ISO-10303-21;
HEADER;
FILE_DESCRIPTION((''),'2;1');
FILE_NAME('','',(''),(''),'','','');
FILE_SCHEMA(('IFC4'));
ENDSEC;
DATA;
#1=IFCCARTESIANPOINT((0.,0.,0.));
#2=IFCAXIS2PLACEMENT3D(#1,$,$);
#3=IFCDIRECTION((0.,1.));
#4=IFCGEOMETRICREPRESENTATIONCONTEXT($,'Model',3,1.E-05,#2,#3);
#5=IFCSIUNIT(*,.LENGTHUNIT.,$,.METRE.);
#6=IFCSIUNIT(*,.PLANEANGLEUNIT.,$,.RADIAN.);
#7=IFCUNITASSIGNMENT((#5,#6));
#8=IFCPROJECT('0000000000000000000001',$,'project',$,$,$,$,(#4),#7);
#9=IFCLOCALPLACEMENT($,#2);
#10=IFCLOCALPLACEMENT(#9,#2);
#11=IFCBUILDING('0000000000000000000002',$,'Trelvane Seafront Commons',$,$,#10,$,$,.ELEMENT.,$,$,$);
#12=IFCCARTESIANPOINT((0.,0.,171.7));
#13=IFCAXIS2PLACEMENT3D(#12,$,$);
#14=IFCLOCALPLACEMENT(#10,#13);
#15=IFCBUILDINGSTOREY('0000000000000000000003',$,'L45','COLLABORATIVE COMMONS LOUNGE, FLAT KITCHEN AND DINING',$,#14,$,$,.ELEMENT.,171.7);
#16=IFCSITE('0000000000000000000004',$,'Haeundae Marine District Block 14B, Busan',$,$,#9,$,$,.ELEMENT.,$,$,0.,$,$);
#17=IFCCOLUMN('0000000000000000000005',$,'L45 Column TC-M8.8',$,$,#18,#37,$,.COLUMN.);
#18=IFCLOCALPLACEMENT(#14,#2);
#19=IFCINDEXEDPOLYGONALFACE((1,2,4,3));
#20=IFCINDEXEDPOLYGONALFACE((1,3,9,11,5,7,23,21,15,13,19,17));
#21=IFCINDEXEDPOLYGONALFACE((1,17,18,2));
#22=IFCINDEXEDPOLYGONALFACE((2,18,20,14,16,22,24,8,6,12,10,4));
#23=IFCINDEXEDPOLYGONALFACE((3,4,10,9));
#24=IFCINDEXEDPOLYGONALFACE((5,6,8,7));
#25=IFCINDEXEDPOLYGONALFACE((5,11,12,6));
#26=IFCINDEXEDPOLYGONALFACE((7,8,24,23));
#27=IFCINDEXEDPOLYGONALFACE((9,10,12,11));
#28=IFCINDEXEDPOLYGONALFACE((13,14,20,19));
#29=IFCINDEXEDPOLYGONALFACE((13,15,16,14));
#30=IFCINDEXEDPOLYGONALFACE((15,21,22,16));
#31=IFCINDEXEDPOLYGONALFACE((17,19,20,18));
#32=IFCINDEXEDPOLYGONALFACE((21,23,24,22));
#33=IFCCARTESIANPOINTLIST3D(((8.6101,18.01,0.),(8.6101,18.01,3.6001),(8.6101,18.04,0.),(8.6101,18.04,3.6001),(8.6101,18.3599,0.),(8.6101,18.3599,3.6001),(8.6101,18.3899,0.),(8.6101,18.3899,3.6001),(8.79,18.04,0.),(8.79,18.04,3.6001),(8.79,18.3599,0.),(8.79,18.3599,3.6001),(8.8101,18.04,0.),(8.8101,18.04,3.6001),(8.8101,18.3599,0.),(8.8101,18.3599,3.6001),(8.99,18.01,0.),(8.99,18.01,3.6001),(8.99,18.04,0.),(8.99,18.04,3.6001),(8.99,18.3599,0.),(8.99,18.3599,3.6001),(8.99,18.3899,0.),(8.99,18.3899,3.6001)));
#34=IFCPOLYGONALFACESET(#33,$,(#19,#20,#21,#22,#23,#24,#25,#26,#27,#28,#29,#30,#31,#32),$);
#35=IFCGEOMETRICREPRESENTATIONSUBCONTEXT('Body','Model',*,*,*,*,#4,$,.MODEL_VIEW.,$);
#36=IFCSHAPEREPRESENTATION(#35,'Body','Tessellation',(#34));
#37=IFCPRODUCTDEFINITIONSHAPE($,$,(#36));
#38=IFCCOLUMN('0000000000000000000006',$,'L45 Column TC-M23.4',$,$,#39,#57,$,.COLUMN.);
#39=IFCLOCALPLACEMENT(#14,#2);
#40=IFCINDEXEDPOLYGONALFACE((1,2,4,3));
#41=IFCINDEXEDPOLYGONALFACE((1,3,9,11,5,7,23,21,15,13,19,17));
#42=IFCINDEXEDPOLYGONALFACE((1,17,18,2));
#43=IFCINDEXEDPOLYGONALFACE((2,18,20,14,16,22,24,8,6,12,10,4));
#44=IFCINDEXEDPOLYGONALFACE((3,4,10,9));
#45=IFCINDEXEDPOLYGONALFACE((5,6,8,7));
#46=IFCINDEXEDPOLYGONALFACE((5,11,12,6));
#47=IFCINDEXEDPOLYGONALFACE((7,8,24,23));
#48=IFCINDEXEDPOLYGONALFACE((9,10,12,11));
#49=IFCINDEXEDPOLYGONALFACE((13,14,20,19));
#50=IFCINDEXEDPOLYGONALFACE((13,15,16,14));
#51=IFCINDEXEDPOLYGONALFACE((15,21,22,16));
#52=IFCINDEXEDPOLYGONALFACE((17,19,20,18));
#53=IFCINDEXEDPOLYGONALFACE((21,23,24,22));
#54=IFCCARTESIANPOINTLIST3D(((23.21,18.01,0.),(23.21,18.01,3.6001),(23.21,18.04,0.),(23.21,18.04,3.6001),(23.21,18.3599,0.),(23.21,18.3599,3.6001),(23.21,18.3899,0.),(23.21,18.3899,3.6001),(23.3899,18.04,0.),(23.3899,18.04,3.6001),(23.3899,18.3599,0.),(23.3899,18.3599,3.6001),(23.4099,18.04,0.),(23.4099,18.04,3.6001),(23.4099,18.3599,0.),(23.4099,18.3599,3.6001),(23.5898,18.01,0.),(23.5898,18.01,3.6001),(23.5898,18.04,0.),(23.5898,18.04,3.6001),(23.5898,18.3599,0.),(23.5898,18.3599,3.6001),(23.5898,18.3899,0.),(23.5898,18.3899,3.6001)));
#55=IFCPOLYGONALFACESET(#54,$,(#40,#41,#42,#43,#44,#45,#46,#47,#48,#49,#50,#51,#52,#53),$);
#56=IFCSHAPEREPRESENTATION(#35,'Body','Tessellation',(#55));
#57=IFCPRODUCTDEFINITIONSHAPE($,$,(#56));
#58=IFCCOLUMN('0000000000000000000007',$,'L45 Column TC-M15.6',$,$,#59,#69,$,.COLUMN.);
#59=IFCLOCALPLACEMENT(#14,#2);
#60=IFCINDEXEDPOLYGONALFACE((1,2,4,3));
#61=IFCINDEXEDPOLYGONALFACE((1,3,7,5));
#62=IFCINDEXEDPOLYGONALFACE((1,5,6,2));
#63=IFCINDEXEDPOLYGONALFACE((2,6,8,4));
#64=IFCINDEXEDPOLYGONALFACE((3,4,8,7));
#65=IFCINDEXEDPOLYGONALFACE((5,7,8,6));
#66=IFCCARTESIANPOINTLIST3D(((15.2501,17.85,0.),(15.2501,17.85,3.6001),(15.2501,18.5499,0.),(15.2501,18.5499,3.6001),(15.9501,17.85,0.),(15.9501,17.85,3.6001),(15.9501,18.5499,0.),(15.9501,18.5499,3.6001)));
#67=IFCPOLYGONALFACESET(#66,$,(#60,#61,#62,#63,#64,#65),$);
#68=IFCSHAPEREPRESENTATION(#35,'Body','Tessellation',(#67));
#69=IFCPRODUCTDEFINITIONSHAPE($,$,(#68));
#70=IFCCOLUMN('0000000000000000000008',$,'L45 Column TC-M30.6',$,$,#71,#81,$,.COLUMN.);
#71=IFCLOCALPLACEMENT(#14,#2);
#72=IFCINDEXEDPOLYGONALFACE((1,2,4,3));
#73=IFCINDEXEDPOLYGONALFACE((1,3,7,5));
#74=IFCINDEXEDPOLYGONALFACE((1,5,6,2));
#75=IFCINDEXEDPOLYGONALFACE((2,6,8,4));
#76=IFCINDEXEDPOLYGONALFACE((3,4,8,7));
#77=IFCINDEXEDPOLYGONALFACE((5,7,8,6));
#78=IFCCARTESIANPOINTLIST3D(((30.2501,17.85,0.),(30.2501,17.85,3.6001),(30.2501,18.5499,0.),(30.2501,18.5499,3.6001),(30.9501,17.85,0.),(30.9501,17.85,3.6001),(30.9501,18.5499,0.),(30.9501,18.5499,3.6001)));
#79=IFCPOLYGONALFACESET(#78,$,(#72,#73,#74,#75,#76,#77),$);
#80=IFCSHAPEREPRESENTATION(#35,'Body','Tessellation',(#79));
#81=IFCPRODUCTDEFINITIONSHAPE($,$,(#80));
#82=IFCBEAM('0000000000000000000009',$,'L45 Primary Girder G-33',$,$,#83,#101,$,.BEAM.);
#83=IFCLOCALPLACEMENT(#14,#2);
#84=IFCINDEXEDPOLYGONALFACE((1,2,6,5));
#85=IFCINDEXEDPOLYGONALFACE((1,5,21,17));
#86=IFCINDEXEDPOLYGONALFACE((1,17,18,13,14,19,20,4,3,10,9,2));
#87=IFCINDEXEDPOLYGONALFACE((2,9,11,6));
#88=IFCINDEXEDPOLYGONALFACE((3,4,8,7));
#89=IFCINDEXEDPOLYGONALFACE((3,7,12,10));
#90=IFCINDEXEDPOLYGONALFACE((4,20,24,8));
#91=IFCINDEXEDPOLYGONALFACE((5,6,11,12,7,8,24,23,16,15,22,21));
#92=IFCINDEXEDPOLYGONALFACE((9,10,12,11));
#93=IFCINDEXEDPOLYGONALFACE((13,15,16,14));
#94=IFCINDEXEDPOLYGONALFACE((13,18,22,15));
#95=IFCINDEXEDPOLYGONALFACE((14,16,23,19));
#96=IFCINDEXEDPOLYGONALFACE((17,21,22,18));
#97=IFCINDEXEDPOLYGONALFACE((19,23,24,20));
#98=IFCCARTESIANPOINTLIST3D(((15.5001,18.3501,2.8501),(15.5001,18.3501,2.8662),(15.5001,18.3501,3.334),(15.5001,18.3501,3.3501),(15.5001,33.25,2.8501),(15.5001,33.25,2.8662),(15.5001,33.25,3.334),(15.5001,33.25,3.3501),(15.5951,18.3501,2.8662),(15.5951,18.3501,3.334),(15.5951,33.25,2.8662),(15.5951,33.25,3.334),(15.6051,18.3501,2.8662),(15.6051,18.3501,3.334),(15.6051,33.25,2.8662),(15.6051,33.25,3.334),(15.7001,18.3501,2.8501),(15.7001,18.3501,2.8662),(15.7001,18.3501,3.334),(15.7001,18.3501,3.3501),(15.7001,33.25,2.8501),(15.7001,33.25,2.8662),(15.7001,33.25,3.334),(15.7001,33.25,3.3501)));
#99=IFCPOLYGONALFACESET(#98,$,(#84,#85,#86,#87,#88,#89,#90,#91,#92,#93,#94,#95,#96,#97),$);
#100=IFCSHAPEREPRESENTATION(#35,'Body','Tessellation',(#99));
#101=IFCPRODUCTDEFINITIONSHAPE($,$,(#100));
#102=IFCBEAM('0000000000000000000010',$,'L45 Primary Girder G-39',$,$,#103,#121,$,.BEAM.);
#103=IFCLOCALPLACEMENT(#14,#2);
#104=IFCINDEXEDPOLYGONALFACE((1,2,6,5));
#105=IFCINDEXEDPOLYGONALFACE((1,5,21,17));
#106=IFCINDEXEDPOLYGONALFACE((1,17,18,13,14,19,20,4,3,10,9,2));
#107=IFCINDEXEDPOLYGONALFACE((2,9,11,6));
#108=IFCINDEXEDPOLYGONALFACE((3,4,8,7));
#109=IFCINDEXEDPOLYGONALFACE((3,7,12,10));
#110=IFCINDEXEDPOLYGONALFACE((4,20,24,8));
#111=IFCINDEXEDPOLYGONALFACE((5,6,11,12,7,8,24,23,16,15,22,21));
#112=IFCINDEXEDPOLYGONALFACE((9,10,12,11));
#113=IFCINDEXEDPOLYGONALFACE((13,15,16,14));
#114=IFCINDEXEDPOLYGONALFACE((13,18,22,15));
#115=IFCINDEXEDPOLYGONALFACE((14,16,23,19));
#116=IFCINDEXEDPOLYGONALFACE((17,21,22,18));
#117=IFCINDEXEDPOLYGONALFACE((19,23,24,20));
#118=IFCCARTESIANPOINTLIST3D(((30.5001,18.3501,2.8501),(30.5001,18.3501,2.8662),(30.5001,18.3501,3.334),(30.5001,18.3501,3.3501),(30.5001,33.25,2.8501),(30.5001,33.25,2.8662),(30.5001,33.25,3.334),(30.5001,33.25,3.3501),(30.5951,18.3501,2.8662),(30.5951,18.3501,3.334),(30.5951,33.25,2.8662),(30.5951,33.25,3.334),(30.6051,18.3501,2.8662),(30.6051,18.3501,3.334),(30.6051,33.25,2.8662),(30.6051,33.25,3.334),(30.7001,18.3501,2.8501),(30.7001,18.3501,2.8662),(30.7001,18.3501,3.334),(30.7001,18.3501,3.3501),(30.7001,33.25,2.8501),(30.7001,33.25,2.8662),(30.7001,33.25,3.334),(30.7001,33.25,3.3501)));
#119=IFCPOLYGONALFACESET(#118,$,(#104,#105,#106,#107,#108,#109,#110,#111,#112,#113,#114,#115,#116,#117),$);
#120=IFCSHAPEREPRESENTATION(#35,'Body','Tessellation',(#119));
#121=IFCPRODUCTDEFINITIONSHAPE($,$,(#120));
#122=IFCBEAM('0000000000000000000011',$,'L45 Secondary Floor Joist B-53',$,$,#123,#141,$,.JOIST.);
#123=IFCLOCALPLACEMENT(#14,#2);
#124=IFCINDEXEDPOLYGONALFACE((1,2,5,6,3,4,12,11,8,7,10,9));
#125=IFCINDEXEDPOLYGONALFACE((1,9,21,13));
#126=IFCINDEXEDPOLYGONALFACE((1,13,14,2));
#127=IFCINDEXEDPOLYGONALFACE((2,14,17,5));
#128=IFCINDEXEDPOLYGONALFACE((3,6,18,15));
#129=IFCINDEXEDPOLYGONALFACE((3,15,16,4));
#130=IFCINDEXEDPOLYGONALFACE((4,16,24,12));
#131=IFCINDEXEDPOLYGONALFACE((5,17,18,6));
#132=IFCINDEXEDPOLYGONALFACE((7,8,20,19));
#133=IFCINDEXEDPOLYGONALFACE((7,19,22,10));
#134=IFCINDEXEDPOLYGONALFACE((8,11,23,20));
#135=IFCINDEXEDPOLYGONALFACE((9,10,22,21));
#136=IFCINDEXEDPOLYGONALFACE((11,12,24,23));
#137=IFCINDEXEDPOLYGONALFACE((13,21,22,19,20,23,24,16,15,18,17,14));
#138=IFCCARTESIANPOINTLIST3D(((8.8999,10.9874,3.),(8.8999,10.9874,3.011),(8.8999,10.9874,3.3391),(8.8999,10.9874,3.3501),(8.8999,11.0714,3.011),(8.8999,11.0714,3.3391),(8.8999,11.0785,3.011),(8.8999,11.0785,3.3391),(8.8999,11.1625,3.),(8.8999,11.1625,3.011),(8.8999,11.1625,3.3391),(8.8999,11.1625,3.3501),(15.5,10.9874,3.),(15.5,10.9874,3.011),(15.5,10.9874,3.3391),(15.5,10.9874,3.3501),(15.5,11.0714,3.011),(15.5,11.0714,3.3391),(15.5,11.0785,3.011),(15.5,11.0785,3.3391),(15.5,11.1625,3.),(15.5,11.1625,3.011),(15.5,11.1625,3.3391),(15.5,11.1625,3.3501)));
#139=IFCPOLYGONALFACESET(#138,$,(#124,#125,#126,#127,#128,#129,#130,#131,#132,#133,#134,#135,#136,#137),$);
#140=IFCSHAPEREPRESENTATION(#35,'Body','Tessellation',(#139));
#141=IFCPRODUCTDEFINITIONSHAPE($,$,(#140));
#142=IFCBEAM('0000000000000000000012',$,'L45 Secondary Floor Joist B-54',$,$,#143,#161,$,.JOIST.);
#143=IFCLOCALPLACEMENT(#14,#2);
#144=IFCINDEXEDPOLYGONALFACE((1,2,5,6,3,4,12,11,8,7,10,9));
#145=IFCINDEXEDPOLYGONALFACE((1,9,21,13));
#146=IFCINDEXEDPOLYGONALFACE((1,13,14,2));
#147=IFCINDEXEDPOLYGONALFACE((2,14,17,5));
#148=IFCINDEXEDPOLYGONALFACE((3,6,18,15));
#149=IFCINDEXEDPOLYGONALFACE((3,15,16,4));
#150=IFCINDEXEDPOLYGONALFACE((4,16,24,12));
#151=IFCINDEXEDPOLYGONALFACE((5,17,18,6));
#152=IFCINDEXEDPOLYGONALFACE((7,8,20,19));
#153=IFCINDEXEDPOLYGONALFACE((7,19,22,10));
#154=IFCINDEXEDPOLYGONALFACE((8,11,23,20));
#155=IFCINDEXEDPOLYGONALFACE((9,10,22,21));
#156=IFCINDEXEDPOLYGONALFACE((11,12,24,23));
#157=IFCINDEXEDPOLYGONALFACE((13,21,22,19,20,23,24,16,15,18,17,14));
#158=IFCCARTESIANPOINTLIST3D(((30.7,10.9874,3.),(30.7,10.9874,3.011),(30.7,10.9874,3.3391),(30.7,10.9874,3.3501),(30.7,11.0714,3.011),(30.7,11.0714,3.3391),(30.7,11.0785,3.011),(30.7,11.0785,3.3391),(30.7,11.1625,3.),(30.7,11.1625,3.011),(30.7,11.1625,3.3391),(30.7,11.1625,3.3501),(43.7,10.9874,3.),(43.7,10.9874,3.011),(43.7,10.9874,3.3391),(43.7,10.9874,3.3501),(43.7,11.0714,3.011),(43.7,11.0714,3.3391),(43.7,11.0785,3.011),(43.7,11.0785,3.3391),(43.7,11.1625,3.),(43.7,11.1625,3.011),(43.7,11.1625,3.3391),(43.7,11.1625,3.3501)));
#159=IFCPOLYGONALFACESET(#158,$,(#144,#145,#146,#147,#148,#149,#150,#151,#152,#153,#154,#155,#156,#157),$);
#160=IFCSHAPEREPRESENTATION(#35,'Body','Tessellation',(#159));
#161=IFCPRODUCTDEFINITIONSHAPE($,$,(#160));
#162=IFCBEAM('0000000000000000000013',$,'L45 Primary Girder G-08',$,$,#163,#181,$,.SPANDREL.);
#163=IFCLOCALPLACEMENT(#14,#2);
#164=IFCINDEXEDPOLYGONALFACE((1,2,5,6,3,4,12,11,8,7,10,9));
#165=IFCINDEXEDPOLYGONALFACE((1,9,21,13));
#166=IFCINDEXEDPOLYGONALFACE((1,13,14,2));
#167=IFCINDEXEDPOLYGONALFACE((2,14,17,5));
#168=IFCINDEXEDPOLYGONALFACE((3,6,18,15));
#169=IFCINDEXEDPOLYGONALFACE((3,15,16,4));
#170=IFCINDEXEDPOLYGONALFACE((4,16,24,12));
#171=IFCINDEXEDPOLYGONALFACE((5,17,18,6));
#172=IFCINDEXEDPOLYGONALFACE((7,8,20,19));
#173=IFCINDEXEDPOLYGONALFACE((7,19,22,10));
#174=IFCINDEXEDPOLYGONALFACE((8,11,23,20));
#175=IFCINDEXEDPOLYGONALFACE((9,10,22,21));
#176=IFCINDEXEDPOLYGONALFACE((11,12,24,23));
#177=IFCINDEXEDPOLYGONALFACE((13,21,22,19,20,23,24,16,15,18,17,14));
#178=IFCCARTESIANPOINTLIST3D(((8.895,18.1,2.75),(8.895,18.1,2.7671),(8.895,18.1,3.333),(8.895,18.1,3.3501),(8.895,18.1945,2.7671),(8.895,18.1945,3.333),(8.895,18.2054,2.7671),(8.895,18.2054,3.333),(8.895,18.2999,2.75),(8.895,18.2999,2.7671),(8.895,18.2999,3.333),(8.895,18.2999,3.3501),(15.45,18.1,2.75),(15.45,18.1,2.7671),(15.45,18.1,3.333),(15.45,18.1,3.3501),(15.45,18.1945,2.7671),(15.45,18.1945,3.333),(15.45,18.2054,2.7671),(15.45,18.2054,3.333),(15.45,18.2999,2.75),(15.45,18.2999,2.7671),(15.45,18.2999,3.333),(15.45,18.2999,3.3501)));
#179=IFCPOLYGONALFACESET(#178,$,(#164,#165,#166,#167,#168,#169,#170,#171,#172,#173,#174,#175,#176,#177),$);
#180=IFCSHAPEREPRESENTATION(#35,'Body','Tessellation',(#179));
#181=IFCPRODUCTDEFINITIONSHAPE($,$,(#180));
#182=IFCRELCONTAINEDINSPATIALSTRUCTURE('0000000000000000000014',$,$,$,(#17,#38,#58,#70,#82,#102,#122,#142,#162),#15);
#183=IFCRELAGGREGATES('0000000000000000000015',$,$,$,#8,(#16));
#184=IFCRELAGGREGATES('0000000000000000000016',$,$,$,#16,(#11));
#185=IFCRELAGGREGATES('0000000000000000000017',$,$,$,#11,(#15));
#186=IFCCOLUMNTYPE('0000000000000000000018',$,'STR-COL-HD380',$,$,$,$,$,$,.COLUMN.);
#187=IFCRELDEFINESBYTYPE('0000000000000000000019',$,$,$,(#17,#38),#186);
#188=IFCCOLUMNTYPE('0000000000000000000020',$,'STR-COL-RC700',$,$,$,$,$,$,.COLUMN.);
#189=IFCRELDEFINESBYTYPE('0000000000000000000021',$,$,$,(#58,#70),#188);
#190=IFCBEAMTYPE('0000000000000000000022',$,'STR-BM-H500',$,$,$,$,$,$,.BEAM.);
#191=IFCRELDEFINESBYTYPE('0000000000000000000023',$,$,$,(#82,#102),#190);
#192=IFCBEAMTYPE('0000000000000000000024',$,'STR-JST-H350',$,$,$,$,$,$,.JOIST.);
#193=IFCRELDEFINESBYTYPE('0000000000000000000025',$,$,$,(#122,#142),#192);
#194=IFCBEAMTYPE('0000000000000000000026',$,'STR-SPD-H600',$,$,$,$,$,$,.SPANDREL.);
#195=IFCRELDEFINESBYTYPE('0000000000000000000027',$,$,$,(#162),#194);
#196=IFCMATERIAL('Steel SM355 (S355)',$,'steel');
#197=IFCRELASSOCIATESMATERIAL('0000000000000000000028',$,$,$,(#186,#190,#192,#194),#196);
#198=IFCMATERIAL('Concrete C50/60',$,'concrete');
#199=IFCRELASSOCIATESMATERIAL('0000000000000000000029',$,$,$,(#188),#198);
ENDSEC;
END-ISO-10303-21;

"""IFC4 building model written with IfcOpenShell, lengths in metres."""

from ifc_helpers import new_model, si_unit, direction, frame, origin, origin_2d, place, context, subcontext, project, spatial, rectangle, i_section, extrude, source, transform, mapped, material, material_profile, profile_set, type_object, element, save


model = new_model("IFC4")

# Units and contexts
model_context = context("Model", 3, precision=1e-05, world=origin(), true_north=direction((0.0, 1.0)))
body_context = subcontext(model_context, "Body", "Model", "MODEL_VIEW")
ifc_project = project(units=[si_unit("LENGTHUNIT", "METRE"), si_unit("PLANEANGLEUNIT", "RADIAN")], contexts=[model_context])

# Site, building, storey
site_placement = place(None, origin())
site = spatial("IfcSite", under=ifc_project, at=site_placement, Name="Haeundae Marine District Block 14B, Busan", CompositionType="ELEMENT", RefElevation=0.0)
building_placement = place(site_placement, origin())
building = spatial("IfcBuilding", under=site, at=building_placement, Name="Trelvane Seafront Commons", CompositionType="ELEMENT")
storey_placement = place(building_placement, frame((0.0, 0.0, 171.7)))
storey = spatial("IfcBuildingStorey", under=building, at=storey_placement, Name="L45", Description="COLLABORATIVE COMMONS LOUNGE, FLAT KITCHEN AND DINING", CompositionType="ELEMENT", Elevation=171.7)

# Columns
ifc_material_1 = material(Name="Steel SM355 (S355)", Category="steel")
ifc_material_profile_1 = material_profile(ifc_material_1, i_section(OverallWidth=0.3799, OverallDepth=0.3799, WebThickness=0.02, FlangeThickness=0.03, at=origin_2d()), Name="HD-380x380x20x30")
ifc_profile_set_1 = profile_set([ifc_material_profile_1], Name="Steel SM355 (S355)")
column_type_1 = type_object("IfcColumnType", Name="STR-COL-HD380", PredefinedType="COLUMN", material=ifc_profile_set_1)
shared_shape_1 = source(origin(), body_context, "Body", "SweptSolid", [
    extrude(i_section(OverallWidth=0.3799, OverallDepth=0.3799, WebThickness=0.02, FlangeThickness=0.03, at=origin_2d()), origin(), (0.0, 0.0, 1.0), 3.6001),
])
for number, where, z_axis, x_axis, name in (
    (1, (8.8, 18.2, 0.0), (0.0, 0.0, 1.0), (1.0, 0.0, 0.0), "L45 Column TC-M8.8"),
    (2, (23.3999, 18.2, 0.0), (0.0, 0.0, 1.0), (1.0, 0.0, 0.0), "L45 Column TC-M23.4"),
):
    element("IfcColumn", number, at=place(storey_placement, frame(where, z_axis=z_axis, x_axis=x_axis)), inside=storey, type_object=column_type_1, Name=name, PredefinedType="COLUMN", context=body_context, shape_type="MappedRepresentation", body=[
        mapped(shared_shape_1, transform((0.0, 0.0, 0.0), x_axis=(1.0, 0.0, 0.0), y_axis=(0.0, 1.0, 0.0), z_axis=(0.0, 0.0, 1.0), scale=1.0)),
    ])
ifc_material_2 = material(Name="Concrete C50/60", Category="concrete")
ifc_material_profile_2 = material_profile(ifc_material_2, rectangle(XDim=0.7, YDim=0.7, at=origin_2d()), Name="RC-700x700")
ifc_profile_set_2 = profile_set([ifc_material_profile_2], Name="Concrete C50/60")
column_type_2 = type_object("IfcColumnType", Name="STR-COL-RC700", PredefinedType="COLUMN", material=ifc_profile_set_2)
shared_shape_2 = source(origin(), body_context, "Body", "SweptSolid", [
    extrude(rectangle(XDim=0.7, YDim=0.7, at=origin_2d()), origin(), (0.0, 0.0, 1.0), 3.6001),
])
for number, where, z_axis, x_axis, name in (
    (3, (15.6001, 18.2, 0.0), (0.0, 0.0, 1.0), (1.0, 0.0, 0.0), "L45 Column TC-M15.6"),
    (4, (30.6001, 18.2, 0.0), (0.0, 0.0, 1.0), (1.0, 0.0, 0.0), "L45 Column TC-M30.6"),
):
    element("IfcColumn", number, at=place(storey_placement, frame(where, z_axis=z_axis, x_axis=x_axis)), inside=storey, type_object=column_type_2, Name=name, PredefinedType="COLUMN", context=body_context, shape_type="MappedRepresentation", body=[
        mapped(shared_shape_2, transform((0.0, 0.0, 0.0), x_axis=(1.0, 0.0, 0.0), y_axis=(0.0, 1.0, 0.0), z_axis=(0.0, 0.0, 1.0), scale=1.0)),
    ])

# Beams
ifc_material_profile_3 = material_profile(ifc_material_1, i_section(OverallWidth=0.2, OverallDepth=0.5, WebThickness=0.01, FlangeThickness=0.0161, at=origin_2d()), Name="H-500x200x10x16")
ifc_profile_set_3 = profile_set([ifc_material_profile_3], Name="Steel SM355 (S355)")
beam_type_1 = type_object("IfcBeamType", Name="STR-BM-H500", PredefinedType="BEAM", material=ifc_profile_set_3)
shared_shape_3 = source(origin(), body_context, "Body", "SweptSolid", [
    extrude(i_section(OverallWidth=0.2, OverallDepth=0.5, WebThickness=0.01, FlangeThickness=0.0161, at=origin_2d()), origin(), (0.0, 0.0, 1.0), 14.8999),
])
for number, where, z_axis, x_axis, name in (
    (5, (15.6001, 18.3501, 3.1001), (0.0, 1.0, 0.0), (-1.0, 0.0, 0.0), "L45 Primary Girder G-33"),
    (6, (30.6001, 18.3501, 3.1001), (0.0, 1.0, 0.0), (-1.0, 0.0, 0.0), "L45 Primary Girder G-39"),
):
    element("IfcBeam", number, at=place(storey_placement, frame(where, z_axis=z_axis, x_axis=x_axis)), inside=storey, type_object=beam_type_1, Name=name, PredefinedType="BEAM", context=body_context, shape_type="MappedRepresentation", body=[
        mapped(shared_shape_3, transform((0.0, 0.0, 0.0), x_axis=(1.0, 0.0, 0.0), y_axis=(0.0, 1.0, 0.0), z_axis=(0.0, 0.0, 1.0), scale=1.0)),
    ])
ifc_material_profile_4 = material_profile(ifc_material_1, i_section(OverallWidth=0.175, OverallDepth=0.3501, WebThickness=0.0071, FlangeThickness=0.011, at=origin_2d()), Name="H-350x175x7x11")
ifc_profile_set_4 = profile_set([ifc_material_profile_4], Name="Steel SM355 (S355)")
beam_type_2 = type_object("IfcBeamType", Name="STR-JST-H350", PredefinedType="JOIST", material=ifc_profile_set_4)
shared_shape_4 = source(origin(), body_context, "Body", "SweptSolid", [
    extrude(i_section(OverallWidth=0.175, OverallDepth=0.3501, WebThickness=0.0071, FlangeThickness=0.011, at=origin_2d()), origin(), (0.0, 0.0, 1.0), 6.6001),
])
beam_1_placement = place(storey_placement, frame((8.8999, 11.075, 3.175), z_axis=(1.0, 0.0, 0.0), x_axis=(0.0, 1.0, 0.0)))
element("IfcBeam", 7, at=beam_1_placement, inside=storey, type_object=beam_type_2, Name="L45 Secondary Floor Joist B-53", PredefinedType="JOIST", context=body_context, shape_type="MappedRepresentation", body=[
    mapped(shared_shape_4, transform((0.0, 0.0, 0.0), x_axis=(1.0, 0.0, 0.0), y_axis=(0.0, 1.0, 0.0), z_axis=(0.0, 0.0, 1.0), scale=1.0)),
])
shared_shape_5 = source(origin(), body_context, "Body", "SweptSolid", [
    extrude(i_section(OverallWidth=0.175, OverallDepth=0.3501, WebThickness=0.0071, FlangeThickness=0.011, at=origin_2d()), origin(), (0.0, 0.0, 1.0), 13.0),
])
beam_2_placement = place(storey_placement, frame((30.7, 11.075, 3.175), z_axis=(1.0, 0.0, 0.0), x_axis=(0.0, 1.0, 0.0)))
element("IfcBeam", 8, at=beam_2_placement, inside=storey, type_object=beam_type_2, Name="L45 Secondary Floor Joist B-54", PredefinedType="JOIST", context=body_context, shape_type="MappedRepresentation", body=[
    mapped(shared_shape_5, transform((0.0, 0.0, 0.0), x_axis=(1.0, 0.0, 0.0), y_axis=(0.0, 1.0, 0.0), z_axis=(0.0, 0.0, 1.0), scale=1.0)),
])
ifc_material_profile_5 = material_profile(ifc_material_1, i_section(OverallWidth=0.2, OverallDepth=0.6001, WebThickness=0.011, FlangeThickness=0.0171, at=origin_2d()), Name="H-600x200x11x17")
ifc_profile_set_5 = profile_set([ifc_material_profile_5], Name="Steel SM355 (S355)")
beam_type_3 = type_object("IfcBeamType", Name="STR-SPD-H600", PredefinedType="SPANDREL", material=ifc_profile_set_5)
shared_shape_6 = source(origin(), body_context, "Body", "SweptSolid", [
    extrude(i_section(OverallWidth=0.2, OverallDepth=0.6001, WebThickness=0.011, FlangeThickness=0.0171, at=origin_2d()), origin(), (0.0, 0.0, 1.0), 6.5549),
])
beam_3_placement = place(storey_placement, frame((8.895, 18.2, 3.05), z_axis=(1.0, 0.0, 0.0), x_axis=(0.0, 1.0, 0.0)))
element("IfcBeam", 9, at=beam_3_placement, inside=storey, type_object=beam_type_3, Name="L45 Primary Girder G-08", PredefinedType="SPANDREL", context=body_context, shape_type="MappedRepresentation", body=[
    mapped(shared_shape_6, transform((0.0, 0.0, 0.0), x_axis=(1.0, 0.0, 0.0), y_axis=(0.0, 1.0, 0.0), z_axis=(0.0, 0.0, 1.0), scale=1.0)),
])

save(model, "model.ifc")
